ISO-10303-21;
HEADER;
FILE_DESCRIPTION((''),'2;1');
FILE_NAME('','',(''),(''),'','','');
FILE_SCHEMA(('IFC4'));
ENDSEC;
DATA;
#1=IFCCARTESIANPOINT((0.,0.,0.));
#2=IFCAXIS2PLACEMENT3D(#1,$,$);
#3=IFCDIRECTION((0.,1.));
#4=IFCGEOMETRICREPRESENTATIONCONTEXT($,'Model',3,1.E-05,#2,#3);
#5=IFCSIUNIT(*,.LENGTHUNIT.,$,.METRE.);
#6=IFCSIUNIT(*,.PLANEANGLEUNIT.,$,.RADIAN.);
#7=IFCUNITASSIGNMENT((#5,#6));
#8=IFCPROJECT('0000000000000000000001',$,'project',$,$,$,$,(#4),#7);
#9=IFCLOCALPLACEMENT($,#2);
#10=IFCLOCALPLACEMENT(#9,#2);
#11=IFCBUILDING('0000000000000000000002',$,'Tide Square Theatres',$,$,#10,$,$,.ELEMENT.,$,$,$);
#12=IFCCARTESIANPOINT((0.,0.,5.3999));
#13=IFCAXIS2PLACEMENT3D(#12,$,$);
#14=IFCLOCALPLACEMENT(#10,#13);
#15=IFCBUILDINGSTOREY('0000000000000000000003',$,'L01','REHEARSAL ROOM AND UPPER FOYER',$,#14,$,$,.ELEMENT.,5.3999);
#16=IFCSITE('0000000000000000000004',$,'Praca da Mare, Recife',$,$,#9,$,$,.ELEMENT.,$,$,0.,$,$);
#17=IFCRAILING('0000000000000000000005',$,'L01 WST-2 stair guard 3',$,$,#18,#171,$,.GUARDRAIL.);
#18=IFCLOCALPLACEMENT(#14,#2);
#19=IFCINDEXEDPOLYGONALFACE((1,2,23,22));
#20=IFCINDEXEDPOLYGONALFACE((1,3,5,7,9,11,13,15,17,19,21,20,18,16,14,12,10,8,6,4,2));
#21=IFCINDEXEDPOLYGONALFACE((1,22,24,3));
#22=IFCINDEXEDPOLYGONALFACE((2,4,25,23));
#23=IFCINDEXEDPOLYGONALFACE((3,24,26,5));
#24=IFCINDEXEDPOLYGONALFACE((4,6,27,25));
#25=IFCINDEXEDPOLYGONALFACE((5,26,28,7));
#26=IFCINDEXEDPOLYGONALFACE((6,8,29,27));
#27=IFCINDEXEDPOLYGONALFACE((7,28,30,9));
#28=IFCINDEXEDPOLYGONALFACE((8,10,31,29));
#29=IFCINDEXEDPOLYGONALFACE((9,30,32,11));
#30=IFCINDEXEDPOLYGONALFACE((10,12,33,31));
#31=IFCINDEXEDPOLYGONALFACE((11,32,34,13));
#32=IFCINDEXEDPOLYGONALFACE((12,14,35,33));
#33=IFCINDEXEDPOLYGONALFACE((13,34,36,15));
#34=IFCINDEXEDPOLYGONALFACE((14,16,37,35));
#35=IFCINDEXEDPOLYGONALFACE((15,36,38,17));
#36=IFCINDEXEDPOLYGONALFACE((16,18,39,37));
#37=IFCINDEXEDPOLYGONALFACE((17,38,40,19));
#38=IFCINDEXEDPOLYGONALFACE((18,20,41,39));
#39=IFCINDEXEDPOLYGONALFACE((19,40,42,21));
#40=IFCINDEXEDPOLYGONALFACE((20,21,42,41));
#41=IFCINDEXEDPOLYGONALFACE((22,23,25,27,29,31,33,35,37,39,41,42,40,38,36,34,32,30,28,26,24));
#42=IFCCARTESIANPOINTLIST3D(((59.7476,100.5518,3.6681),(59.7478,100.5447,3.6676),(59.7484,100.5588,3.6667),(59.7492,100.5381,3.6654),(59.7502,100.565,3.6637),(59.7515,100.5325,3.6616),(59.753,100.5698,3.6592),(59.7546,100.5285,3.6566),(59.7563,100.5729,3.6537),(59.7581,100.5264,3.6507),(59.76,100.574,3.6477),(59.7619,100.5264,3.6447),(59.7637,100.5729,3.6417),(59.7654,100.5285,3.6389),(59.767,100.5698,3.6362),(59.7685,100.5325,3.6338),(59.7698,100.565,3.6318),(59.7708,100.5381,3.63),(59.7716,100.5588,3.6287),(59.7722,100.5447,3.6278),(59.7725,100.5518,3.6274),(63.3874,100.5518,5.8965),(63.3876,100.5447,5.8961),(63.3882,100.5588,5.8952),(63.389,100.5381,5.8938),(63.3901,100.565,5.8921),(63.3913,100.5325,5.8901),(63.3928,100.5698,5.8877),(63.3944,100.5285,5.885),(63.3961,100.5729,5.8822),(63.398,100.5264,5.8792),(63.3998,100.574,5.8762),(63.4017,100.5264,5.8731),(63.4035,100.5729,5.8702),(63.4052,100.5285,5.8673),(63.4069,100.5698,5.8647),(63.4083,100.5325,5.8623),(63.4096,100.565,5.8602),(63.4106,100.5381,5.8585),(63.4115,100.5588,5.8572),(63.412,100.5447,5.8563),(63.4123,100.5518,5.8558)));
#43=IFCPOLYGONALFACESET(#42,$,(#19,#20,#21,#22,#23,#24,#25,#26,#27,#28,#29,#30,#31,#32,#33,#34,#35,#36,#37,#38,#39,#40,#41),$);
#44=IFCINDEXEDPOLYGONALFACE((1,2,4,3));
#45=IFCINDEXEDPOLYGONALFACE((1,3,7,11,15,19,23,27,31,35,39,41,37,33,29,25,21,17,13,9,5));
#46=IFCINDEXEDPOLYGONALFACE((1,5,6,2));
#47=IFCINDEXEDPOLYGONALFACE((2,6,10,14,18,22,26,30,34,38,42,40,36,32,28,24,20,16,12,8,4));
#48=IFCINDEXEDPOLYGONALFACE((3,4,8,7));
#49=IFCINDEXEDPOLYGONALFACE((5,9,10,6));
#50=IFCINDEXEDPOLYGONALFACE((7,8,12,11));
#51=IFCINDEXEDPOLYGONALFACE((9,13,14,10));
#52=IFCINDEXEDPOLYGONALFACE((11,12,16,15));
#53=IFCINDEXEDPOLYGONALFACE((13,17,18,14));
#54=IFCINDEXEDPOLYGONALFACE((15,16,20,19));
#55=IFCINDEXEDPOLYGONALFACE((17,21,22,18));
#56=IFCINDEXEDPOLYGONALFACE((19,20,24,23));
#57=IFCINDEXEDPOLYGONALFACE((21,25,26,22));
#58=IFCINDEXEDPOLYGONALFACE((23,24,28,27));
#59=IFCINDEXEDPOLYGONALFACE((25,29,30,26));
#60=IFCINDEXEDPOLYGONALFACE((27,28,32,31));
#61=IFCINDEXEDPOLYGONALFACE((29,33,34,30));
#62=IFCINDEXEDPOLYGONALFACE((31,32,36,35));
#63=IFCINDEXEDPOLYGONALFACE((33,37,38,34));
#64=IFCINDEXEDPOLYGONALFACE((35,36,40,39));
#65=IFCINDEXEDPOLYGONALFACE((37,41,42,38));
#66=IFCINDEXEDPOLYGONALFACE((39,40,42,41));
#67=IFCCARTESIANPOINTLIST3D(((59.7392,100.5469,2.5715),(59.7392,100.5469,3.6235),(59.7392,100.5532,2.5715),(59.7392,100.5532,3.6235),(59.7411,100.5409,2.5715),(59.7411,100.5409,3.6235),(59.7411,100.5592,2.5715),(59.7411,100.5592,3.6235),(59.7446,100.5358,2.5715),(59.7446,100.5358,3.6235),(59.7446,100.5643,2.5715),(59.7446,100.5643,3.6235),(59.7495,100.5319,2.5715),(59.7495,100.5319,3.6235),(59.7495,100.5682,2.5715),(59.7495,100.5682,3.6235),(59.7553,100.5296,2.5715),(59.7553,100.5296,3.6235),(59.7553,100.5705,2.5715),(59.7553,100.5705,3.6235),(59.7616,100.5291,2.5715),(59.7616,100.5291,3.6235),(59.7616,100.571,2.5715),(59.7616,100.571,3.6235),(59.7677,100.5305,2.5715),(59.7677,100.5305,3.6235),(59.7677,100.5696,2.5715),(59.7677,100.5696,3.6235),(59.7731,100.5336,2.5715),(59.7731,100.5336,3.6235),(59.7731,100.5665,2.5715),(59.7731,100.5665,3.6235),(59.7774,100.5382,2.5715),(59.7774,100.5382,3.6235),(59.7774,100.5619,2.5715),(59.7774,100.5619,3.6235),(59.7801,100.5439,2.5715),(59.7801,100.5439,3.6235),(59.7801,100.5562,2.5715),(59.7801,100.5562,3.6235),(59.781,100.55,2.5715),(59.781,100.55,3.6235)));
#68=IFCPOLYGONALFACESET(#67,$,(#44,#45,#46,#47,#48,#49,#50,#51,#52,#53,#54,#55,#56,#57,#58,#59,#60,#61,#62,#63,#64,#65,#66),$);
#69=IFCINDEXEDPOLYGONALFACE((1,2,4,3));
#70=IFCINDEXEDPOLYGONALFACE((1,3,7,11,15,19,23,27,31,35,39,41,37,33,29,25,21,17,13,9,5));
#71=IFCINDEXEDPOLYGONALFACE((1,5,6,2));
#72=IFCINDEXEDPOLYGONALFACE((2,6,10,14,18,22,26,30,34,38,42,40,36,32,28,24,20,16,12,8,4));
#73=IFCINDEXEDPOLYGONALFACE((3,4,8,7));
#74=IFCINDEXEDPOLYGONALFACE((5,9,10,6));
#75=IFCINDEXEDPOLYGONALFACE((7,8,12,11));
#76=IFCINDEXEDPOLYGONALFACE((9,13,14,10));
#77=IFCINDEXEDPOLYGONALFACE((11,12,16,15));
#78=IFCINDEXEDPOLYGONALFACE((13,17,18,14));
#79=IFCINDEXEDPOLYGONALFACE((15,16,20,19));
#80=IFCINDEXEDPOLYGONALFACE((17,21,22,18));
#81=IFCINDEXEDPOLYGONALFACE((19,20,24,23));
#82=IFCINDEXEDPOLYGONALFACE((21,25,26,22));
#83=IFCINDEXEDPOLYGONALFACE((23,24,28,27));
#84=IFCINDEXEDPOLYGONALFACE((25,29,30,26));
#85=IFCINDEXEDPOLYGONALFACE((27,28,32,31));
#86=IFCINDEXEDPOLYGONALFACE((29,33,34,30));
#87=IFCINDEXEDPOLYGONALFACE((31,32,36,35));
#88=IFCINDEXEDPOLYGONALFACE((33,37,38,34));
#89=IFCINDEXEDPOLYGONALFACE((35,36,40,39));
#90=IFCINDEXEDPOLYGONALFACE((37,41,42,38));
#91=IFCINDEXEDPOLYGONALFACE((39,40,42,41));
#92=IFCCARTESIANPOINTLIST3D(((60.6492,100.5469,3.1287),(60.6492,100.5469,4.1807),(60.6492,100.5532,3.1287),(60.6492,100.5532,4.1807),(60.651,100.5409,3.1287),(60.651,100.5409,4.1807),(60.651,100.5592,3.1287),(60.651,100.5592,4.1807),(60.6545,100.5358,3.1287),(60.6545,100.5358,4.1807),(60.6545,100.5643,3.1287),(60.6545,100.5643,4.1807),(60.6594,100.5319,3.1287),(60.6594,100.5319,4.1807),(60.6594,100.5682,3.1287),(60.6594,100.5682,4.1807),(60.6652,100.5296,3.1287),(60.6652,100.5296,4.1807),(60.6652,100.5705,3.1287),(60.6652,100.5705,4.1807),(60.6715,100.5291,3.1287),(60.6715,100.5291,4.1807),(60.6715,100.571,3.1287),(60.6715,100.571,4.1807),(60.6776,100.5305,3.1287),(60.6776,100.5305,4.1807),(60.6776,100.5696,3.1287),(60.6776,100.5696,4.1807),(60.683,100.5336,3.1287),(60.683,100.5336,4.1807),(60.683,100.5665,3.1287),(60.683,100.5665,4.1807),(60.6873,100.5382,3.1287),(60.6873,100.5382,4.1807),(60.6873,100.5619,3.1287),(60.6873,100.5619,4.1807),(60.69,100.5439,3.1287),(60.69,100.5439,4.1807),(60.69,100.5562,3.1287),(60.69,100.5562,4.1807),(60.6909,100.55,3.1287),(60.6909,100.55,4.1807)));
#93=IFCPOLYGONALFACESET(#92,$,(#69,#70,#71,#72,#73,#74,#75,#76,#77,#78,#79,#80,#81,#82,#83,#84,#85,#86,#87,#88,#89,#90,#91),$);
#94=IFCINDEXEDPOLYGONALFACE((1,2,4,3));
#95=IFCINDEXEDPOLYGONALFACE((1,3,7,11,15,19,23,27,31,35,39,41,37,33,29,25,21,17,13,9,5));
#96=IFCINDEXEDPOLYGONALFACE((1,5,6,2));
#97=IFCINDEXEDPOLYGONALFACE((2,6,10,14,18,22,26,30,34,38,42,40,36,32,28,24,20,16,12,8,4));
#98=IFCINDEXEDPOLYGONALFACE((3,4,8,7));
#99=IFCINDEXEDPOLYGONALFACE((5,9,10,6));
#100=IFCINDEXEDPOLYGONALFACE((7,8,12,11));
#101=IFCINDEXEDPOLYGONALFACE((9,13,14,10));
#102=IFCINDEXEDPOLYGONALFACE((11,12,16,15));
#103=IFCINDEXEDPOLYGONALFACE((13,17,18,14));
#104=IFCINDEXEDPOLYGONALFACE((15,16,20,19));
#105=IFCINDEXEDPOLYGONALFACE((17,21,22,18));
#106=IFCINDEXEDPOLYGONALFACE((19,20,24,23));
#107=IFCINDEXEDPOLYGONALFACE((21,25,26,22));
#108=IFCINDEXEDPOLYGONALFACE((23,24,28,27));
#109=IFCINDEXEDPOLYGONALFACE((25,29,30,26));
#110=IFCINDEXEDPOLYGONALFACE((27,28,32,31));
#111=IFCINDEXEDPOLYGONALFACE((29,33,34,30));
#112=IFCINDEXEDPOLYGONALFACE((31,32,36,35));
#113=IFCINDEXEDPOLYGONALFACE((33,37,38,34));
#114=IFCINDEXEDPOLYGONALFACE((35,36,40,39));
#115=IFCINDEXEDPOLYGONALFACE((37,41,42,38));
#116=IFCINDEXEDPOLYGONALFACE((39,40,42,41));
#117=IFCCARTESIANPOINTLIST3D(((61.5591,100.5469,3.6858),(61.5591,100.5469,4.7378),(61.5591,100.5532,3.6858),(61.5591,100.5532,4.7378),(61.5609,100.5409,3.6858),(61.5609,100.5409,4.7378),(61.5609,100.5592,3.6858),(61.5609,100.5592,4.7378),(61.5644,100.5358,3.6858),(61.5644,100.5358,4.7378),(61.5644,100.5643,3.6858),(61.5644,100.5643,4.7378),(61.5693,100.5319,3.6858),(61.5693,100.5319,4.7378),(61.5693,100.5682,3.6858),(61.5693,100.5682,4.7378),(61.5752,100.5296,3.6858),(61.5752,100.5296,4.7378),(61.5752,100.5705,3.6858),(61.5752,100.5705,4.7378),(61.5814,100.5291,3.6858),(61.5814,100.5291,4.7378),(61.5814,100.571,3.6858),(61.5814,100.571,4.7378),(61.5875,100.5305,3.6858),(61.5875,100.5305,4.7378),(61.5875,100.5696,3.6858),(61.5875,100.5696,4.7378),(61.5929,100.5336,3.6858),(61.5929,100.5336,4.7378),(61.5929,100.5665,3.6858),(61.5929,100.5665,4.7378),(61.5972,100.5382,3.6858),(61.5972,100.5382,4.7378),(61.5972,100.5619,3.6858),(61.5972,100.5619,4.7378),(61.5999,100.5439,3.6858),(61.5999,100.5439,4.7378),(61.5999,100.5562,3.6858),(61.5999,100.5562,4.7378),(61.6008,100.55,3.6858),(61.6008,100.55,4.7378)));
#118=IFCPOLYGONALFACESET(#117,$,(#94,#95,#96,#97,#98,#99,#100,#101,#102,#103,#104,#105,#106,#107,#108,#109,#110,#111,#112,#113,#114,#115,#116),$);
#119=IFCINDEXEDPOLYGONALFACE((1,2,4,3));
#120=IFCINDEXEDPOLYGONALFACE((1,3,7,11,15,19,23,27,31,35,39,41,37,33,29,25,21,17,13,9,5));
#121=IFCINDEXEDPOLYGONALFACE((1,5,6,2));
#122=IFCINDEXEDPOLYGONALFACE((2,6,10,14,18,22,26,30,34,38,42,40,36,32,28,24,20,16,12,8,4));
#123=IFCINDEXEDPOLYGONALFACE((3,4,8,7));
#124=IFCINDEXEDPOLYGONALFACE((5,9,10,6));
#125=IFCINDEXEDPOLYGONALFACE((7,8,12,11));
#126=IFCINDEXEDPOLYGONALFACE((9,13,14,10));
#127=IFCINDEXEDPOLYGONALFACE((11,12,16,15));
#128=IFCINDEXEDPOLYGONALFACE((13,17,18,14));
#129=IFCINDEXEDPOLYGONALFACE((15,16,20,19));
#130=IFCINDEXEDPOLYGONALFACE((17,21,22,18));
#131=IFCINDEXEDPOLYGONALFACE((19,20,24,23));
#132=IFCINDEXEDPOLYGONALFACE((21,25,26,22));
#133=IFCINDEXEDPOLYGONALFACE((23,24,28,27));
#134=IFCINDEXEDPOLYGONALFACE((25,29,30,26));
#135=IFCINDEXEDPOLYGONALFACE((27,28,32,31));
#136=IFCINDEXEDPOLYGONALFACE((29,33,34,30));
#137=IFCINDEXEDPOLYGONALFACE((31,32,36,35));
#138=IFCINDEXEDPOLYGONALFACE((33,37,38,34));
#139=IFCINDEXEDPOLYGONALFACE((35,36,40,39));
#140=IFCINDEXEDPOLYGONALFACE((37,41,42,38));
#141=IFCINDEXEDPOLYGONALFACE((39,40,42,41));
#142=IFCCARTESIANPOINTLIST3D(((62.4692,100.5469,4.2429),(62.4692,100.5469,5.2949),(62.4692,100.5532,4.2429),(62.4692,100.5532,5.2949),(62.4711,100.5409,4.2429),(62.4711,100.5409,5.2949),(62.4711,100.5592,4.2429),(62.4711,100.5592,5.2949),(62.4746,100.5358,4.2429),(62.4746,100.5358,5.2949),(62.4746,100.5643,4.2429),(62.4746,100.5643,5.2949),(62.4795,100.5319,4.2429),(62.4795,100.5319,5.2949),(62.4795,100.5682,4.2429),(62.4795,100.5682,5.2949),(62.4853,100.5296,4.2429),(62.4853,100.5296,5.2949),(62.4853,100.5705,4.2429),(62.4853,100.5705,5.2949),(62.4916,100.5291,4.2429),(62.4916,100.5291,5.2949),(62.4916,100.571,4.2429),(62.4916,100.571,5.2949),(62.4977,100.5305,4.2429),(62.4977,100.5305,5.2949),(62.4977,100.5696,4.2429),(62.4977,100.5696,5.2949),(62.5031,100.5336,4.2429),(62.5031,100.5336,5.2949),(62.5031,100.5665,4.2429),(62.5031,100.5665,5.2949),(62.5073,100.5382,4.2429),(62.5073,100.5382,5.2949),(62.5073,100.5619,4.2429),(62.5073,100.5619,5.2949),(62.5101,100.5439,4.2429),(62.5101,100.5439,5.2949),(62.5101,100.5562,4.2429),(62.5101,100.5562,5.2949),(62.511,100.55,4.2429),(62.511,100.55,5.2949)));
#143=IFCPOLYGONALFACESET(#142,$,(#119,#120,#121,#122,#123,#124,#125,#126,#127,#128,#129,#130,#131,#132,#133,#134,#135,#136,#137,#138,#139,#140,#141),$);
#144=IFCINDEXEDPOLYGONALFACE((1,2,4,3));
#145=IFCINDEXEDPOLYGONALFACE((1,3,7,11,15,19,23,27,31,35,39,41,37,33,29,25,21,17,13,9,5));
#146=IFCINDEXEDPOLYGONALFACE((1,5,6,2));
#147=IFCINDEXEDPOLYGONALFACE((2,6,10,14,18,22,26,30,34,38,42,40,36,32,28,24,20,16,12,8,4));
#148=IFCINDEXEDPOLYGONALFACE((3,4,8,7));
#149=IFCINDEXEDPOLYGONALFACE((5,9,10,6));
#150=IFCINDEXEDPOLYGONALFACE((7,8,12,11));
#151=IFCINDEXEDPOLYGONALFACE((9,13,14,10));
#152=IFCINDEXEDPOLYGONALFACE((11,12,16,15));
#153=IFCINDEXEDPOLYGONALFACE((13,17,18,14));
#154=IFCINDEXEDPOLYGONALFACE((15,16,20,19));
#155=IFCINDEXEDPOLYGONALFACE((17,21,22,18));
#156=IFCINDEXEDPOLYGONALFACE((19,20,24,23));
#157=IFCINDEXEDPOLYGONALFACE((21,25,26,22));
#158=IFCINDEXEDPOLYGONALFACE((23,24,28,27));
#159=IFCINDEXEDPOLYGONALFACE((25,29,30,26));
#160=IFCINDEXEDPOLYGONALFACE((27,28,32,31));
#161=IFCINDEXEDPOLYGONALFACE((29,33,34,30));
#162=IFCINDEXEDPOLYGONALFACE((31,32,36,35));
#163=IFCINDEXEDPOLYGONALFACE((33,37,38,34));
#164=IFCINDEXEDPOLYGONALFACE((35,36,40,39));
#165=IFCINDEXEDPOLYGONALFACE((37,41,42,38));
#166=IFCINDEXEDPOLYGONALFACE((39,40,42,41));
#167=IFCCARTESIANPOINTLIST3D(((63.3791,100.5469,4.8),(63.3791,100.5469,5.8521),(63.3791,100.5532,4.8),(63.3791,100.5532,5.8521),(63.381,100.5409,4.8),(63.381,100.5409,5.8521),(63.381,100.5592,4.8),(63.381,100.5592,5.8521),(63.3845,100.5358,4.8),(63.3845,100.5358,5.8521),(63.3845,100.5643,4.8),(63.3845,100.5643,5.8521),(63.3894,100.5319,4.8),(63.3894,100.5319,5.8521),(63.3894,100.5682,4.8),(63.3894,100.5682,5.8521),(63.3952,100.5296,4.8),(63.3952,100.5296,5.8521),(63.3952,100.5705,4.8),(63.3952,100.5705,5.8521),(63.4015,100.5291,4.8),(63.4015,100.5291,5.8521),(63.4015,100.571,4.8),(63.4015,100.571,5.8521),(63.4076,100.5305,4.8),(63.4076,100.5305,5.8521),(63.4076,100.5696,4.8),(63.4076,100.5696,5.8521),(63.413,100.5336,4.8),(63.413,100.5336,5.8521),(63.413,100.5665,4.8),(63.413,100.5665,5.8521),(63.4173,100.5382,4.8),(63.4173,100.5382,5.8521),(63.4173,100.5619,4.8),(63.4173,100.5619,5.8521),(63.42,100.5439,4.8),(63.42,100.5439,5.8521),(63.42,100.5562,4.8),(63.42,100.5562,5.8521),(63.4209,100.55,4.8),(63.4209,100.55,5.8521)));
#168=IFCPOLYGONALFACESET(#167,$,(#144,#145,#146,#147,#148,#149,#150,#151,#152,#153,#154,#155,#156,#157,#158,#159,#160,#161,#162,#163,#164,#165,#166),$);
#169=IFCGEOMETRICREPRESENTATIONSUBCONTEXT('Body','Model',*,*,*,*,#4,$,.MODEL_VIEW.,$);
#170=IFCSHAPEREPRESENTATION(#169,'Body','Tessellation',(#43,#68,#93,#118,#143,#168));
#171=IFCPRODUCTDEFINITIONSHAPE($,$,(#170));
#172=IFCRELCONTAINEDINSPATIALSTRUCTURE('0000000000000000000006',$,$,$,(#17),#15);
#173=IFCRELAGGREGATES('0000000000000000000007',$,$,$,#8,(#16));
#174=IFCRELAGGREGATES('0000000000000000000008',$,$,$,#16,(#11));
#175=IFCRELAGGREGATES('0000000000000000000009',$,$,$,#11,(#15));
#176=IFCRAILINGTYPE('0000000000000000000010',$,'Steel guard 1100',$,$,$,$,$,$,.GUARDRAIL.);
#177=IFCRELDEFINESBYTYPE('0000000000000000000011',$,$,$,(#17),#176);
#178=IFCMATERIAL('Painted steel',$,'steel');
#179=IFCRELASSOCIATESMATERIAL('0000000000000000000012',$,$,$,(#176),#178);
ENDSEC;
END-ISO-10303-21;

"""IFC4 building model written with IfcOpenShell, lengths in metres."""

from ifc_helpers import new_model, si_unit, direction, frame, origin, origin_2d, place, context, subcontext, project, spatial, circle, extrude, material, type_object, element, save


model = new_model("IFC4")

# Units and contexts
model_context = context("Model", 3, precision=1e-05, world=origin(), true_north=direction((0.0, 1.0)))
body_context = subcontext(model_context, "Body", "Model", "MODEL_VIEW")
ifc_project = project(units=[si_unit("LENGTHUNIT", "METRE"), si_unit("PLANEANGLEUNIT", "RADIAN")], contexts=[model_context])

# Site, building, storey
site_placement = place(None, origin())
site = spatial("IfcSite", under=ifc_project, at=site_placement, Name="Praca da Mare, Recife", CompositionType="ELEMENT", RefElevation=0.0)
building_placement = place(site_placement, origin())
building = spatial("IfcBuilding", under=site, at=building_placement, Name="Tide Square Theatres", CompositionType="ELEMENT")
storey_placement = place(building_placement, frame((0.0, 0.0, 5.3999)))
storey = spatial("IfcBuildingStorey", under=building, at=storey_placement, Name="L01", Description="REHEARSAL ROOM AND UPPER FOYER", CompositionType="ELEMENT", Elevation=5.3999)

# Railing
ifc_material_1 = material(Name="Painted steel", Category="steel")
railing_type_1 = type_object("IfcRailingType", Name="Steel guard 1100", PredefinedType="GUARDRAIL", material=ifc_material_1)
railing_1_placement = place(storey_placement, frame((59.76, 100.55, 2.5715)))
element("IfcRailing", 1, at=railing_1_placement, inside=storey, type_object=railing_type_1, Name="L01 WST-2 stair guard 3", PredefinedType="GUARDRAIL", context=body_context, shape_type="SweptSolid", body=[
    extrude(circle(Radius=0.0239, at=origin_2d()), frame((0.0, 0.0, 1.0762), z_axis=(0.85285, 0.0, 0.522156), x_axis=(0.0, 1.0, 0.0)), (0.0, 0.0, 1.0), 4.2678),
    extrude(circle(Radius=0.021, at=origin_2d()), origin(), (0.0, 0.0, 1.0), 1.052),
    extrude(circle(Radius=0.021, at=origin_2d()), frame((0.9099, 0.0, 0.5571)), (0.0, 0.0, 1.0), 1.052),
    extrude(circle(Radius=0.021, at=origin_2d()), frame((1.8198, 0.0, 1.1143)), (0.0, 0.0, 1.0), 1.052),
    extrude(circle(Radius=0.021, at=origin_2d()), frame((2.73, 0.0, 1.6714)), (0.0, 0.0, 1.0), 1.052),
    extrude(circle(Radius=0.021, at=origin_2d()), frame((3.6399, 0.0, 2.2285)), (0.0, 0.0, 1.0), 1.052),
])

save(model, "model.ifc")
